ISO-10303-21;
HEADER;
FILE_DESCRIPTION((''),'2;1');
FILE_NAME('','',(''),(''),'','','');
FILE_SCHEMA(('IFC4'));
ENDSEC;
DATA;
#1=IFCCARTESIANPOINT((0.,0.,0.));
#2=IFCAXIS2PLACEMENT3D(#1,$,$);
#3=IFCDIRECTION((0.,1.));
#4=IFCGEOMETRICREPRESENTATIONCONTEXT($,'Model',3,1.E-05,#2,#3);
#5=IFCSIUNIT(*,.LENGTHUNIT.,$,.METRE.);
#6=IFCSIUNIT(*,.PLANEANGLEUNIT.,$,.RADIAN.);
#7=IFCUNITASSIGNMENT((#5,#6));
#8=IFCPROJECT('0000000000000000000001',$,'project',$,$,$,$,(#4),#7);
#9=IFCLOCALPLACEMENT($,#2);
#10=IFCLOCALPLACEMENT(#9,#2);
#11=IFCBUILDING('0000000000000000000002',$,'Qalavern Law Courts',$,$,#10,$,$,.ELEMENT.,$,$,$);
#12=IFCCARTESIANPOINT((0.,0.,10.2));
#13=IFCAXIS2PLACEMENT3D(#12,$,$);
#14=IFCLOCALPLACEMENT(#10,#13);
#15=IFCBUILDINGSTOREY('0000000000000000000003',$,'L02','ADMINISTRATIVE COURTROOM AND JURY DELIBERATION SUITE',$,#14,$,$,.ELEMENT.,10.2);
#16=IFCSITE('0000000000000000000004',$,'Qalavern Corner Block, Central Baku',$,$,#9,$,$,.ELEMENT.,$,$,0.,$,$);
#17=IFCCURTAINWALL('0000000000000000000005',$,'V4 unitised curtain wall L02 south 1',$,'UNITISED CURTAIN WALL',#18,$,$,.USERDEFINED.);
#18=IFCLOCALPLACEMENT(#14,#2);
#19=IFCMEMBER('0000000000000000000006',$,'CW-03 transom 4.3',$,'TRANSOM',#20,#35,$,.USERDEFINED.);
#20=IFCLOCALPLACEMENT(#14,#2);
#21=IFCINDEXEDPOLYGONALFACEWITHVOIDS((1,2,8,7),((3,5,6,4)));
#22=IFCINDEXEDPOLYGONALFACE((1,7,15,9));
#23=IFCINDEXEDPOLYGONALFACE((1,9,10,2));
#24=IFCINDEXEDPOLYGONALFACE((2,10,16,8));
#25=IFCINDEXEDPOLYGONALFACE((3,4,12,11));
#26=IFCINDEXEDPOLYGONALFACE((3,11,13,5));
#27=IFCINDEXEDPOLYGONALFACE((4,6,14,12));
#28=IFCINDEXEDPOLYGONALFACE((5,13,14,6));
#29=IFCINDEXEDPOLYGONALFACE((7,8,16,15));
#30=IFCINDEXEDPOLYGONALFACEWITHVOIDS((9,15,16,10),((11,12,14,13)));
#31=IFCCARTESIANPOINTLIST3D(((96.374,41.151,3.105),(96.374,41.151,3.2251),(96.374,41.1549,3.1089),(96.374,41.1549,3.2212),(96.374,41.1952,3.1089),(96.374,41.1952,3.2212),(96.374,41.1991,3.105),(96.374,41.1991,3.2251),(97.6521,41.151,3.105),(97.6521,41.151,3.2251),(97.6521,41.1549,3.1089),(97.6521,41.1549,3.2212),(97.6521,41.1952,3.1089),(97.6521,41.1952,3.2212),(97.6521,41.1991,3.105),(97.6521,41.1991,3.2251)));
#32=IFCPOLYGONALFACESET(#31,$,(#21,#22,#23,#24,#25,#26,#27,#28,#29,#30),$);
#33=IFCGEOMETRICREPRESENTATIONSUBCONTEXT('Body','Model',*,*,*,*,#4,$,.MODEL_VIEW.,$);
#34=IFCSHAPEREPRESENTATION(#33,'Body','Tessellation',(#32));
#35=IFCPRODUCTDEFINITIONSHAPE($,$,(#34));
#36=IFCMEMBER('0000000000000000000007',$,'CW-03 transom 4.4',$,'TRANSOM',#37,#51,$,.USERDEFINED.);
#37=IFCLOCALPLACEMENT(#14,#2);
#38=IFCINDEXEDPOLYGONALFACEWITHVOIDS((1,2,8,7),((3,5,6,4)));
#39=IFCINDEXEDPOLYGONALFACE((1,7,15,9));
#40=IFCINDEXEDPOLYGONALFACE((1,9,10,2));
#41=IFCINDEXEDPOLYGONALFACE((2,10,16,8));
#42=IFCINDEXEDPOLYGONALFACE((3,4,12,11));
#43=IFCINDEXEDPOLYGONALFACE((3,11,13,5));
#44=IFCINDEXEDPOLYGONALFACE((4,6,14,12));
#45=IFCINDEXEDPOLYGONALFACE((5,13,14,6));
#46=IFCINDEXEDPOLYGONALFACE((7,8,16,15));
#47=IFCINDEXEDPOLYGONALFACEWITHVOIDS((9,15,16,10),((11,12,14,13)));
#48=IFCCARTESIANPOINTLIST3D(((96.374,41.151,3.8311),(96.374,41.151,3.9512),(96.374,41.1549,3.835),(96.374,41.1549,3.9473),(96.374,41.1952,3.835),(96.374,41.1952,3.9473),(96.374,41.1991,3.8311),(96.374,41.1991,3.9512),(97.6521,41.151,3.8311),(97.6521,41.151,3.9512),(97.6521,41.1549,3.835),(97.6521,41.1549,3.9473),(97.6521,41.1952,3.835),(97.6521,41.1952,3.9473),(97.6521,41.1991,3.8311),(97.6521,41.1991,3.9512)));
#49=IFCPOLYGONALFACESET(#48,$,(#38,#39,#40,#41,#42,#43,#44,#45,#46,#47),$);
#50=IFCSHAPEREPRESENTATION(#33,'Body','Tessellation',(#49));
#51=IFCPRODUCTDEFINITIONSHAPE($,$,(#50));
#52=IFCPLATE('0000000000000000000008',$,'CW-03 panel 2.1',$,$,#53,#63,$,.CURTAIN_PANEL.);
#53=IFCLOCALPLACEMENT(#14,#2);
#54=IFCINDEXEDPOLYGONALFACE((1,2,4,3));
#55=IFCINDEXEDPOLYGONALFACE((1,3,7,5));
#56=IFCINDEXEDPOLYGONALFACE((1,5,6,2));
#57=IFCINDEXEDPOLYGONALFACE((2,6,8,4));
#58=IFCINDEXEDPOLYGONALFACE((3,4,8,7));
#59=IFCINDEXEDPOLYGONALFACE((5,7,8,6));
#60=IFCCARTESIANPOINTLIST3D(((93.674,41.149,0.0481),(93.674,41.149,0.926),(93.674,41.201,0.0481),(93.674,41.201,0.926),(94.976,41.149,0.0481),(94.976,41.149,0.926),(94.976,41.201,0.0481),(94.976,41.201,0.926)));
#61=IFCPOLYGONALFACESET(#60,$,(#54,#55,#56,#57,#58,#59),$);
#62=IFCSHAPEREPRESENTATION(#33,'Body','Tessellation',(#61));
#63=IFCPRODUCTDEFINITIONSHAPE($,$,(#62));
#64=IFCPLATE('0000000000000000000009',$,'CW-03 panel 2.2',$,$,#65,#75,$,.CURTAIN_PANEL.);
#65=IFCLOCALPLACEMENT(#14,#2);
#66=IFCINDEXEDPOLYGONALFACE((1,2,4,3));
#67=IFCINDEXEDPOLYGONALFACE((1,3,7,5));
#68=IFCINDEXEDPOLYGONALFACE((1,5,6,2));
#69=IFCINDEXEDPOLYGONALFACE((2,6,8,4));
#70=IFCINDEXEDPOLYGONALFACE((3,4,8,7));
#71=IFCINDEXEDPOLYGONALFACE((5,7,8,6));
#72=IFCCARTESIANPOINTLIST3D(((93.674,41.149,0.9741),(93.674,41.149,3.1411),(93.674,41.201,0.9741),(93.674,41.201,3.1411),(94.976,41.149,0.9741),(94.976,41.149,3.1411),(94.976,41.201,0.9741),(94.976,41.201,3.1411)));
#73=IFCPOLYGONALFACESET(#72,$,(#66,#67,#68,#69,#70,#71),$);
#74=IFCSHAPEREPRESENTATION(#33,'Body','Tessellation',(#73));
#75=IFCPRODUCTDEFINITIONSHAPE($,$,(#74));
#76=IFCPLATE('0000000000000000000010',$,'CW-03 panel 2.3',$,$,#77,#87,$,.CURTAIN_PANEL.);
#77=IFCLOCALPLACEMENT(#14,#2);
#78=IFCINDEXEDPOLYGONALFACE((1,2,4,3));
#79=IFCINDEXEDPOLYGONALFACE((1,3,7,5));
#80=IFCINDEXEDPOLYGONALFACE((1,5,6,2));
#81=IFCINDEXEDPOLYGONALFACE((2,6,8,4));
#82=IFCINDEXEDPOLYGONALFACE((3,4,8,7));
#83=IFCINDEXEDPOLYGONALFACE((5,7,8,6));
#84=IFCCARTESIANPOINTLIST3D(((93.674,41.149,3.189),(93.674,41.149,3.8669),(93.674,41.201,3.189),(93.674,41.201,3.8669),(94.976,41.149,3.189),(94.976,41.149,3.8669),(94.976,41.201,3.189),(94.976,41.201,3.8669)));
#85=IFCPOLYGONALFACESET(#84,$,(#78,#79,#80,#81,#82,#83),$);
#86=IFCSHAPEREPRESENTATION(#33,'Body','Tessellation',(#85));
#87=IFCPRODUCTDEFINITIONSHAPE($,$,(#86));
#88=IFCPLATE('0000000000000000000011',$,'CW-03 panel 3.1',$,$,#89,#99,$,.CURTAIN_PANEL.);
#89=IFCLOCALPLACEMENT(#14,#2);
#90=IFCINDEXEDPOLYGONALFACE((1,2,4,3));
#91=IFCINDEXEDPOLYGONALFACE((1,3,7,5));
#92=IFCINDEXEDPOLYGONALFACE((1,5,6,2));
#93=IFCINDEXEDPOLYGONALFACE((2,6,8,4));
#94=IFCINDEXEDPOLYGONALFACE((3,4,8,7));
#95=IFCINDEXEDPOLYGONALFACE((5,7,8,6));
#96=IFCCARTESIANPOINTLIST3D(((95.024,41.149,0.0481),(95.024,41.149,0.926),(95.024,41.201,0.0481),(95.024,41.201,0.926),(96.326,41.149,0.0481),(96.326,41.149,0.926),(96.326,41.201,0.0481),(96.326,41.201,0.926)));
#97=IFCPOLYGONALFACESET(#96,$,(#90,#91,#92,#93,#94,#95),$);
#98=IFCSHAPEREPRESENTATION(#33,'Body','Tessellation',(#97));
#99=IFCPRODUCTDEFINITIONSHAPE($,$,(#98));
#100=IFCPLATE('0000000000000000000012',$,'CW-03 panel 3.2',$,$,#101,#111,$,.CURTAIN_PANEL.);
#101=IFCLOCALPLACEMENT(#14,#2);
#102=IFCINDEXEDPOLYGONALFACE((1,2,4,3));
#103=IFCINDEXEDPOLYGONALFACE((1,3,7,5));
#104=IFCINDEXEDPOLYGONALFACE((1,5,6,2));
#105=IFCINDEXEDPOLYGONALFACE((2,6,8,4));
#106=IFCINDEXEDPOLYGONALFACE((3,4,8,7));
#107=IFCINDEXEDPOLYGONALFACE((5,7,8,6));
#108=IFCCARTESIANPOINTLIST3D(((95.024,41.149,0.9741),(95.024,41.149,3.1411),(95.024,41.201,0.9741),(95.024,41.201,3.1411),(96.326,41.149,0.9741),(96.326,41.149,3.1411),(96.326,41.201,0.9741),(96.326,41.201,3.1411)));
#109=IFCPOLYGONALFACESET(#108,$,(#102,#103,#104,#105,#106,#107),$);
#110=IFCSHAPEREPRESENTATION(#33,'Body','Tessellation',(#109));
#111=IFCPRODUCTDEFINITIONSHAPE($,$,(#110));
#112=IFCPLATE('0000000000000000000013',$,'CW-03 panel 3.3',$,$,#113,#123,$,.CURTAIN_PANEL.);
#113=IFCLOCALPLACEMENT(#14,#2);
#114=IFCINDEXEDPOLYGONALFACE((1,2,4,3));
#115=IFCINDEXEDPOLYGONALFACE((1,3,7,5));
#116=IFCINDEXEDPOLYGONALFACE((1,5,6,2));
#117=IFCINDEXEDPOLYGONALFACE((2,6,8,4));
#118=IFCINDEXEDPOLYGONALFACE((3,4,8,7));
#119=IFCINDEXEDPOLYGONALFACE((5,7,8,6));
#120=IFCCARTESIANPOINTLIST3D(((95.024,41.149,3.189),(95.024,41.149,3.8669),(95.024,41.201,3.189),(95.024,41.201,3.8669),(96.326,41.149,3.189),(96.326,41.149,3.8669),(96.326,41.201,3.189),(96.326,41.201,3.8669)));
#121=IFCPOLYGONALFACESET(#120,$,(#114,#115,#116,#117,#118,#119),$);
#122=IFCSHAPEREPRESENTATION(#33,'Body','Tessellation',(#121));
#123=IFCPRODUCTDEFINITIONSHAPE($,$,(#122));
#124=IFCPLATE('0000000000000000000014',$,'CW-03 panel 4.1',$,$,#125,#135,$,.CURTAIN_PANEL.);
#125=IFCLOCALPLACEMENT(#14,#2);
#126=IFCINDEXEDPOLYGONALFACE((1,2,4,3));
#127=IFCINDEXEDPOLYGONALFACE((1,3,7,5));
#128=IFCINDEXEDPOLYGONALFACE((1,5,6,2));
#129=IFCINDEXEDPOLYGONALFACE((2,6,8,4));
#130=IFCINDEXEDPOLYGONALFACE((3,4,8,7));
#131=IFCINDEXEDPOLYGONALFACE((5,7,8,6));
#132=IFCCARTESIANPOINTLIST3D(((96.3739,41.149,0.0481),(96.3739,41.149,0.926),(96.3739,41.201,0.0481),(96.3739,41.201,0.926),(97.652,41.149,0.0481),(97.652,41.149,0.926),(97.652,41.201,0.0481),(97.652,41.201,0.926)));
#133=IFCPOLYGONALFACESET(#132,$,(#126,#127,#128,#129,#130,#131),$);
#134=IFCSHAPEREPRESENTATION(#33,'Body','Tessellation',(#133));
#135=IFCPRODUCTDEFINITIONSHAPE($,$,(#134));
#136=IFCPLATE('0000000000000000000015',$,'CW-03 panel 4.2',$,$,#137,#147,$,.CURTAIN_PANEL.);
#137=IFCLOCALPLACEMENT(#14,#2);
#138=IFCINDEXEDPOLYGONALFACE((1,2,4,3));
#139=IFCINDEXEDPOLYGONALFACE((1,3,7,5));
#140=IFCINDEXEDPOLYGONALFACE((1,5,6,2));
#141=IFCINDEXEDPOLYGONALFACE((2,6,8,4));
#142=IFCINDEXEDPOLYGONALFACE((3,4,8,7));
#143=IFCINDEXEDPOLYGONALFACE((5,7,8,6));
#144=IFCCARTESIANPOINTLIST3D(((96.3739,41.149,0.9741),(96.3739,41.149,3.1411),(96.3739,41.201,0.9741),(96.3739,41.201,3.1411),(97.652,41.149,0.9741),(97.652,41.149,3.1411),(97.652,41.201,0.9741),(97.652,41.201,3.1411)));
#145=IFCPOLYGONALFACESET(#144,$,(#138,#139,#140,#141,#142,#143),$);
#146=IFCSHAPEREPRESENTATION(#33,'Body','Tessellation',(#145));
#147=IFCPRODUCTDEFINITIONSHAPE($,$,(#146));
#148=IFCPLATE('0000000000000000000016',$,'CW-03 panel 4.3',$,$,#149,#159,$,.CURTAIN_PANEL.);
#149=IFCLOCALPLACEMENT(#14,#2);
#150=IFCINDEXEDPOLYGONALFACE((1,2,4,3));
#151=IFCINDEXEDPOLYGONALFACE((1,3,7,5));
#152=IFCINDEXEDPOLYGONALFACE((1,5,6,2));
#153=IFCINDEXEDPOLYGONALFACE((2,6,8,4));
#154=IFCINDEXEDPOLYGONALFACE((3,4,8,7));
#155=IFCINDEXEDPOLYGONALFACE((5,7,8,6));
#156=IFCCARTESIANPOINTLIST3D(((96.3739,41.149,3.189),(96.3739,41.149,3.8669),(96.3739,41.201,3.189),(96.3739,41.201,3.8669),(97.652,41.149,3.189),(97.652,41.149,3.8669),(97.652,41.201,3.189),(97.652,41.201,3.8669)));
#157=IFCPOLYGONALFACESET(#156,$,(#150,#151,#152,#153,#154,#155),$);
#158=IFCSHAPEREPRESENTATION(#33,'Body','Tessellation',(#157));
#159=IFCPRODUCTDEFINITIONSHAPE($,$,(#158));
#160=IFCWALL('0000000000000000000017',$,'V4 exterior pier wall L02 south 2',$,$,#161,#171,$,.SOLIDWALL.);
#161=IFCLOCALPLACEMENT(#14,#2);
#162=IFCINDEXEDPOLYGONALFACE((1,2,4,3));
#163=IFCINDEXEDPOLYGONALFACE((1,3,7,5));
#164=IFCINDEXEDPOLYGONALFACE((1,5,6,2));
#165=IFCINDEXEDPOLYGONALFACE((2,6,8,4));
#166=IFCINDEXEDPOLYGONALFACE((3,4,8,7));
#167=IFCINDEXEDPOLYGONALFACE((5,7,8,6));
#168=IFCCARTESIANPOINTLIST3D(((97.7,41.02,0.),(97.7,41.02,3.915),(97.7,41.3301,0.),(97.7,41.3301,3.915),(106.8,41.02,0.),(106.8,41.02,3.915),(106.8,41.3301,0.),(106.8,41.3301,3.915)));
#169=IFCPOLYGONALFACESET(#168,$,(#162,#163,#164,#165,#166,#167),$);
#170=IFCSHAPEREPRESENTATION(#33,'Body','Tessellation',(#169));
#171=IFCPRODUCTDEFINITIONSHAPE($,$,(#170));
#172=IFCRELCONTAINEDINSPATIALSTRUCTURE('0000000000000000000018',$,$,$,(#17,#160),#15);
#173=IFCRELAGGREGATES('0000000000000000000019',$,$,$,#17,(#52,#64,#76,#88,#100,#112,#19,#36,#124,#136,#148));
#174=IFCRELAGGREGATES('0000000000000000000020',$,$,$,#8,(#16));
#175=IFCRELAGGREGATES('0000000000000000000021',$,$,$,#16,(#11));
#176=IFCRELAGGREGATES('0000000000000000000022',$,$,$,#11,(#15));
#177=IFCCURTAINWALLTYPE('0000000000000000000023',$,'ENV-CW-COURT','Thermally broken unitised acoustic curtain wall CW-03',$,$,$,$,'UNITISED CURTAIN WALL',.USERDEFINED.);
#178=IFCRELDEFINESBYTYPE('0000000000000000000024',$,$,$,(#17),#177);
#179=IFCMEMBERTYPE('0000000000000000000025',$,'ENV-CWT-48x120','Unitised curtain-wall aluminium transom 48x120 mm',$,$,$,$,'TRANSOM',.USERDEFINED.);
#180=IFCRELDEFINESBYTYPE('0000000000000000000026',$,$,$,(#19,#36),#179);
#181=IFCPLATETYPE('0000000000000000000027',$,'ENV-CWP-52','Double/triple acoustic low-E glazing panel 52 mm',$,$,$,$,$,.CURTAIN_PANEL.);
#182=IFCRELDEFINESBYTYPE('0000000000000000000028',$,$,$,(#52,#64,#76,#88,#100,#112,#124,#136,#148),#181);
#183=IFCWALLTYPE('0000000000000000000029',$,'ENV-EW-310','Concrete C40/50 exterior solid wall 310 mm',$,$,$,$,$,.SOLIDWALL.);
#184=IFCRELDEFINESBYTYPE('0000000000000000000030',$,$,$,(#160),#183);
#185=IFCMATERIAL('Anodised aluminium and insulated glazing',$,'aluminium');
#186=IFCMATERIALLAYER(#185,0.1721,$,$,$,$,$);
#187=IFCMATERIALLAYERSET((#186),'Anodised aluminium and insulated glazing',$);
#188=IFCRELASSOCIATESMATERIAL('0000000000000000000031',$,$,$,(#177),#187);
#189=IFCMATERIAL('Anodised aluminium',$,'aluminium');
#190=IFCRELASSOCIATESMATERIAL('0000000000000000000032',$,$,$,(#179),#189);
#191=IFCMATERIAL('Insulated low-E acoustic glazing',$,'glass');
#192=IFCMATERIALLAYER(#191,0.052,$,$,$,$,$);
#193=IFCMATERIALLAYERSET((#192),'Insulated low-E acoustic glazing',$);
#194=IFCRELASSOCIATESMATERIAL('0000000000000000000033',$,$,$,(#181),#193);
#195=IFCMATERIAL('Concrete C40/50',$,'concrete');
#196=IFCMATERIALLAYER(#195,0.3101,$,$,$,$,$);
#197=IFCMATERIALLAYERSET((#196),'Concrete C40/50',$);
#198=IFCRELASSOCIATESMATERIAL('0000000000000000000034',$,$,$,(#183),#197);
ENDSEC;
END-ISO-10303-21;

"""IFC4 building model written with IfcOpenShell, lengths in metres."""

from ifc_helpers import new_model, si_unit, direction, frame, frame_2d, origin, origin_2d, place, context, subcontext, project, spatial, rectangle, hollow_rectangle, extrude, material, layer, layer_set, material_profile, profile_set, type_object, element, aggregate, save


model = new_model("IFC4")

# Units and contexts
model_context = context("Model", 3, precision=1e-05, world=origin(), true_north=direction((0.0, 1.0)))
body_context = subcontext(model_context, "Body", "Model", "MODEL_VIEW")
ifc_project = project(units=[si_unit("LENGTHUNIT", "METRE"), si_unit("PLANEANGLEUNIT", "RADIAN")], contexts=[model_context])

# Site, building, storey
site_placement = place(None, origin())
site = spatial("IfcSite", under=ifc_project, at=site_placement, Name="Qalavern Corner Block, Central Baku", CompositionType="ELEMENT", RefElevation=0.0)
building_placement = place(site_placement, origin())
building = spatial("IfcBuilding", under=site, at=building_placement, Name="Qalavern Law Courts", CompositionType="ELEMENT")
storey_placement = place(building_placement, frame((0.0, 0.0, 10.2)))
storey = spatial("IfcBuildingStorey", under=building, at=storey_placement, Name="L02", Description="ADMINISTRATIVE COURTROOM AND JURY DELIBERATION SUITE", CompositionType="ELEMENT", Elevation=10.2)

# Curtain wall, members, plates
ifc_material_1 = material(Name="Anodised aluminium and insulated glazing", Category="aluminium")
ifc_layer_1 = layer(ifc_material_1, 0.1721)
ifc_layer_set_1 = layer_set([ifc_layer_1], Name="Anodised aluminium and insulated glazing")
curtain_wall_type = type_object("IfcCurtainWallType", Name="ENV-CW-COURT", Description="Thermally broken unitised acoustic curtain wall CW-03", ElementType="UNITISED CURTAIN WALL", PredefinedType="USERDEFINED", material=ifc_layer_set_1)
curtain_wall_placement = place(storey_placement, origin())
curtain_wall = element("IfcCurtainWall", 1, at=curtain_wall_placement, inside=storey, type_object=curtain_wall_type, Name="V4 unitised curtain wall L02 south 1", ObjectType="UNITISED CURTAIN WALL", PredefinedType="USERDEFINED")
ifc_material_2 = material(Name="Anodised aluminium", Category="aluminium")
ifc_material_profile_1 = material_profile(ifc_material_2, hollow_rectangle(XDim=0.0481, YDim=0.1201, WallThickness=0.0039, at=origin_2d()), Name="ALU TRANSOM 48x120")
ifc_profile_set_1 = profile_set([ifc_material_profile_1], Name="Anodised aluminium")
member_type_1 = type_object("IfcMemberType", Name="ENV-CWT-48x120", Description="Unitised curtain-wall aluminium transom 48x120 mm", ElementType="TRANSOM", PredefinedType="USERDEFINED", material=ifc_profile_set_1)
member_1_placement = place(storey_placement, frame((96.374, 41.175, 3.165), z_axis=(1.0, 0.0, 0.0), x_axis=(0.0, 1.0, 0.0)))
member_1 = element("IfcMember", 2, at=member_1_placement, type_object=member_type_1, Name="CW-03 transom 4.3", ObjectType="TRANSOM", PredefinedType="USERDEFINED", context=body_context, shape_type="SweptSolid", body=[
    extrude(hollow_rectangle(XDim=0.0481, YDim=0.1201, WallThickness=0.0039, at=origin_2d()), origin(), (0.0, 0.0, 1.0), 1.2781),
])
member_2_placement = place(storey_placement, frame((96.374, 41.175, 3.8911), z_axis=(1.0, 0.0, 0.0), x_axis=(0.0, 1.0, 0.0)))
member_2 = element("IfcMember", 3, at=member_2_placement, type_object=member_type_1, Name="CW-03 transom 4.4", ObjectType="TRANSOM", PredefinedType="USERDEFINED", context=body_context, shape_type="SweptSolid", body=[
    extrude(hollow_rectangle(XDim=0.0481, YDim=0.1201, WallThickness=0.0039, at=origin_2d()), origin(), (0.0, 0.0, 1.0), 1.2781),
])
ifc_material_3 = material(Name="Insulated low-E acoustic glazing", Category="glass")
ifc_layer_2 = layer(ifc_material_3, 0.052)
ifc_layer_set_2 = layer_set([ifc_layer_2], Name="Insulated low-E acoustic glazing")
plate_type = type_object("IfcPlateType", Name="ENV-CWP-52", Description="Double/triple acoustic low-E glazing panel 52 mm", PredefinedType="CURTAIN_PANEL", material=ifc_layer_set_2)
plate_1_placement = place(storey_placement, frame((94.325, 41.175, 0.0481), z_axis=(0.0, 0.0, 1.0), x_axis=(1.0, 0.0, 0.0)))
plate_1 = element("IfcPlate", 4, at=plate_1_placement, type_object=plate_type, Name="CW-03 panel 2.1", PredefinedType="CURTAIN_PANEL", context=body_context, shape_type="SweptSolid", body=[
    extrude(rectangle(XDim=1.302, YDim=0.052, at=origin_2d()), origin(), (0.0, 0.0, 1.0), 0.8779),
])
plate_2_placement = place(storey_placement, frame((94.325, 41.175, 0.9741), z_axis=(0.0, 0.0, 1.0), x_axis=(1.0, 0.0, 0.0)))
plate_2 = element("IfcPlate", 5, at=plate_2_placement, type_object=plate_type, Name="CW-03 panel 2.2", PredefinedType="CURTAIN_PANEL", context=body_context, shape_type="SweptSolid", body=[
    extrude(rectangle(XDim=1.302, YDim=0.052, at=origin_2d()), origin(), (0.0, 0.0, 1.0), 2.167),
])
plate_3_placement = place(storey_placement, frame((94.325, 41.175, 3.189), z_axis=(0.0, 0.0, 1.0), x_axis=(1.0, 0.0, 0.0)))
plate_3 = element("IfcPlate", 6, at=plate_3_placement, type_object=plate_type, Name="CW-03 panel 2.3", PredefinedType="CURTAIN_PANEL", context=body_context, shape_type="SweptSolid", body=[
    extrude(rectangle(XDim=1.302, YDim=0.052, at=origin_2d()), origin(), (0.0, 0.0, 1.0), 0.678),
])
plate_4_placement = place(storey_placement, frame((95.675, 41.175, 0.0481), z_axis=(0.0, 0.0, 1.0), x_axis=(1.0, 0.0, 0.0)))
plate_4 = element("IfcPlate", 7, at=plate_4_placement, type_object=plate_type, Name="CW-03 panel 3.1", PredefinedType="CURTAIN_PANEL", context=body_context, shape_type="SweptSolid", body=[
    extrude(rectangle(XDim=1.302, YDim=0.052, at=origin_2d()), origin(), (0.0, 0.0, 1.0), 0.8779),
])
plate_5_placement = place(storey_placement, frame((95.675, 41.175, 0.9741), z_axis=(0.0, 0.0, 1.0), x_axis=(1.0, 0.0, 0.0)))
plate_5 = element("IfcPlate", 8, at=plate_5_placement, type_object=plate_type, Name="CW-03 panel 3.2", PredefinedType="CURTAIN_PANEL", context=body_context, shape_type="SweptSolid", body=[
    extrude(rectangle(XDim=1.302, YDim=0.052, at=origin_2d()), origin(), (0.0, 0.0, 1.0), 2.167),
])
plate_6_placement = place(storey_placement, frame((95.675, 41.175, 3.189), z_axis=(0.0, 0.0, 1.0), x_axis=(1.0, 0.0, 0.0)))
plate_6 = element("IfcPlate", 9, at=plate_6_placement, type_object=plate_type, Name="CW-03 panel 3.3", PredefinedType="CURTAIN_PANEL", context=body_context, shape_type="SweptSolid", body=[
    extrude(rectangle(XDim=1.302, YDim=0.052, at=origin_2d()), origin(), (0.0, 0.0, 1.0), 0.678),
])
plate_7_placement = place(storey_placement, frame((97.0129, 41.175, 0.0481), z_axis=(0.0, 0.0, 1.0), x_axis=(1.0, 0.0, 0.0)))
plate_7 = element("IfcPlate", 10, at=plate_7_placement, type_object=plate_type, Name="CW-03 panel 4.1", PredefinedType="CURTAIN_PANEL", context=body_context, shape_type="SweptSolid", body=[
    extrude(rectangle(XDim=1.2781, YDim=0.052, at=origin_2d()), origin(), (0.0, 0.0, 1.0), 0.8779),
])
plate_8_placement = place(storey_placement, frame((97.0129, 41.175, 0.9741), z_axis=(0.0, 0.0, 1.0), x_axis=(1.0, 0.0, 0.0)))
plate_8 = element("IfcPlate", 11, at=plate_8_placement, type_object=plate_type, Name="CW-03 panel 4.2", PredefinedType="CURTAIN_PANEL", context=body_context, shape_type="SweptSolid", body=[
    extrude(rectangle(XDim=1.2781, YDim=0.052, at=origin_2d()), origin(), (0.0, 0.0, 1.0), 2.167),
])
plate_9_placement = place(storey_placement, frame((97.0129, 41.175, 3.189), z_axis=(0.0, 0.0, 1.0), x_axis=(1.0, 0.0, 0.0)))
plate_9 = element("IfcPlate", 12, at=plate_9_placement, type_object=plate_type, Name="CW-03 panel 4.3", PredefinedType="CURTAIN_PANEL", context=body_context, shape_type="SweptSolid", body=[
    extrude(rectangle(XDim=1.2781, YDim=0.052, at=origin_2d()), origin(), (0.0, 0.0, 1.0), 0.678),
])
aggregate(curtain_wall, [plate_1, plate_2, plate_3, plate_4, plate_5, plate_6, member_1, member_2, plate_7, plate_8, plate_9])

# Wall
ifc_material_4 = material(Name="Concrete C40/50", Category="concrete")
ifc_layer_3 = layer(ifc_material_4, 0.3101)
ifc_layer_set_3 = layer_set([ifc_layer_3], Name="Concrete C40/50")
wall_type = type_object("IfcWallType", Name="ENV-EW-310", Description="Concrete C40/50 exterior solid wall 310 mm", PredefinedType="SOLIDWALL", material=ifc_layer_set_3)
wall_placement = place(storey_placement, frame((97.7, 41.175, 0.0), z_axis=(0.0, 0.0, 1.0), x_axis=(1.0, 0.0, 0.0)))
element("IfcWall", 13, at=wall_placement, inside=storey, type_object=wall_type, Name="V4 exterior pier wall L02 south 2", PredefinedType="SOLIDWALL", context=body_context, shape_type="SweptSolid", body=[
    extrude(rectangle(XDim=9.1001, YDim=0.3101, at=frame_2d((4.55, 0.0))), origin(), (0.0, 0.0, 1.0), 3.915),
])

save(model, "model.ifc")
